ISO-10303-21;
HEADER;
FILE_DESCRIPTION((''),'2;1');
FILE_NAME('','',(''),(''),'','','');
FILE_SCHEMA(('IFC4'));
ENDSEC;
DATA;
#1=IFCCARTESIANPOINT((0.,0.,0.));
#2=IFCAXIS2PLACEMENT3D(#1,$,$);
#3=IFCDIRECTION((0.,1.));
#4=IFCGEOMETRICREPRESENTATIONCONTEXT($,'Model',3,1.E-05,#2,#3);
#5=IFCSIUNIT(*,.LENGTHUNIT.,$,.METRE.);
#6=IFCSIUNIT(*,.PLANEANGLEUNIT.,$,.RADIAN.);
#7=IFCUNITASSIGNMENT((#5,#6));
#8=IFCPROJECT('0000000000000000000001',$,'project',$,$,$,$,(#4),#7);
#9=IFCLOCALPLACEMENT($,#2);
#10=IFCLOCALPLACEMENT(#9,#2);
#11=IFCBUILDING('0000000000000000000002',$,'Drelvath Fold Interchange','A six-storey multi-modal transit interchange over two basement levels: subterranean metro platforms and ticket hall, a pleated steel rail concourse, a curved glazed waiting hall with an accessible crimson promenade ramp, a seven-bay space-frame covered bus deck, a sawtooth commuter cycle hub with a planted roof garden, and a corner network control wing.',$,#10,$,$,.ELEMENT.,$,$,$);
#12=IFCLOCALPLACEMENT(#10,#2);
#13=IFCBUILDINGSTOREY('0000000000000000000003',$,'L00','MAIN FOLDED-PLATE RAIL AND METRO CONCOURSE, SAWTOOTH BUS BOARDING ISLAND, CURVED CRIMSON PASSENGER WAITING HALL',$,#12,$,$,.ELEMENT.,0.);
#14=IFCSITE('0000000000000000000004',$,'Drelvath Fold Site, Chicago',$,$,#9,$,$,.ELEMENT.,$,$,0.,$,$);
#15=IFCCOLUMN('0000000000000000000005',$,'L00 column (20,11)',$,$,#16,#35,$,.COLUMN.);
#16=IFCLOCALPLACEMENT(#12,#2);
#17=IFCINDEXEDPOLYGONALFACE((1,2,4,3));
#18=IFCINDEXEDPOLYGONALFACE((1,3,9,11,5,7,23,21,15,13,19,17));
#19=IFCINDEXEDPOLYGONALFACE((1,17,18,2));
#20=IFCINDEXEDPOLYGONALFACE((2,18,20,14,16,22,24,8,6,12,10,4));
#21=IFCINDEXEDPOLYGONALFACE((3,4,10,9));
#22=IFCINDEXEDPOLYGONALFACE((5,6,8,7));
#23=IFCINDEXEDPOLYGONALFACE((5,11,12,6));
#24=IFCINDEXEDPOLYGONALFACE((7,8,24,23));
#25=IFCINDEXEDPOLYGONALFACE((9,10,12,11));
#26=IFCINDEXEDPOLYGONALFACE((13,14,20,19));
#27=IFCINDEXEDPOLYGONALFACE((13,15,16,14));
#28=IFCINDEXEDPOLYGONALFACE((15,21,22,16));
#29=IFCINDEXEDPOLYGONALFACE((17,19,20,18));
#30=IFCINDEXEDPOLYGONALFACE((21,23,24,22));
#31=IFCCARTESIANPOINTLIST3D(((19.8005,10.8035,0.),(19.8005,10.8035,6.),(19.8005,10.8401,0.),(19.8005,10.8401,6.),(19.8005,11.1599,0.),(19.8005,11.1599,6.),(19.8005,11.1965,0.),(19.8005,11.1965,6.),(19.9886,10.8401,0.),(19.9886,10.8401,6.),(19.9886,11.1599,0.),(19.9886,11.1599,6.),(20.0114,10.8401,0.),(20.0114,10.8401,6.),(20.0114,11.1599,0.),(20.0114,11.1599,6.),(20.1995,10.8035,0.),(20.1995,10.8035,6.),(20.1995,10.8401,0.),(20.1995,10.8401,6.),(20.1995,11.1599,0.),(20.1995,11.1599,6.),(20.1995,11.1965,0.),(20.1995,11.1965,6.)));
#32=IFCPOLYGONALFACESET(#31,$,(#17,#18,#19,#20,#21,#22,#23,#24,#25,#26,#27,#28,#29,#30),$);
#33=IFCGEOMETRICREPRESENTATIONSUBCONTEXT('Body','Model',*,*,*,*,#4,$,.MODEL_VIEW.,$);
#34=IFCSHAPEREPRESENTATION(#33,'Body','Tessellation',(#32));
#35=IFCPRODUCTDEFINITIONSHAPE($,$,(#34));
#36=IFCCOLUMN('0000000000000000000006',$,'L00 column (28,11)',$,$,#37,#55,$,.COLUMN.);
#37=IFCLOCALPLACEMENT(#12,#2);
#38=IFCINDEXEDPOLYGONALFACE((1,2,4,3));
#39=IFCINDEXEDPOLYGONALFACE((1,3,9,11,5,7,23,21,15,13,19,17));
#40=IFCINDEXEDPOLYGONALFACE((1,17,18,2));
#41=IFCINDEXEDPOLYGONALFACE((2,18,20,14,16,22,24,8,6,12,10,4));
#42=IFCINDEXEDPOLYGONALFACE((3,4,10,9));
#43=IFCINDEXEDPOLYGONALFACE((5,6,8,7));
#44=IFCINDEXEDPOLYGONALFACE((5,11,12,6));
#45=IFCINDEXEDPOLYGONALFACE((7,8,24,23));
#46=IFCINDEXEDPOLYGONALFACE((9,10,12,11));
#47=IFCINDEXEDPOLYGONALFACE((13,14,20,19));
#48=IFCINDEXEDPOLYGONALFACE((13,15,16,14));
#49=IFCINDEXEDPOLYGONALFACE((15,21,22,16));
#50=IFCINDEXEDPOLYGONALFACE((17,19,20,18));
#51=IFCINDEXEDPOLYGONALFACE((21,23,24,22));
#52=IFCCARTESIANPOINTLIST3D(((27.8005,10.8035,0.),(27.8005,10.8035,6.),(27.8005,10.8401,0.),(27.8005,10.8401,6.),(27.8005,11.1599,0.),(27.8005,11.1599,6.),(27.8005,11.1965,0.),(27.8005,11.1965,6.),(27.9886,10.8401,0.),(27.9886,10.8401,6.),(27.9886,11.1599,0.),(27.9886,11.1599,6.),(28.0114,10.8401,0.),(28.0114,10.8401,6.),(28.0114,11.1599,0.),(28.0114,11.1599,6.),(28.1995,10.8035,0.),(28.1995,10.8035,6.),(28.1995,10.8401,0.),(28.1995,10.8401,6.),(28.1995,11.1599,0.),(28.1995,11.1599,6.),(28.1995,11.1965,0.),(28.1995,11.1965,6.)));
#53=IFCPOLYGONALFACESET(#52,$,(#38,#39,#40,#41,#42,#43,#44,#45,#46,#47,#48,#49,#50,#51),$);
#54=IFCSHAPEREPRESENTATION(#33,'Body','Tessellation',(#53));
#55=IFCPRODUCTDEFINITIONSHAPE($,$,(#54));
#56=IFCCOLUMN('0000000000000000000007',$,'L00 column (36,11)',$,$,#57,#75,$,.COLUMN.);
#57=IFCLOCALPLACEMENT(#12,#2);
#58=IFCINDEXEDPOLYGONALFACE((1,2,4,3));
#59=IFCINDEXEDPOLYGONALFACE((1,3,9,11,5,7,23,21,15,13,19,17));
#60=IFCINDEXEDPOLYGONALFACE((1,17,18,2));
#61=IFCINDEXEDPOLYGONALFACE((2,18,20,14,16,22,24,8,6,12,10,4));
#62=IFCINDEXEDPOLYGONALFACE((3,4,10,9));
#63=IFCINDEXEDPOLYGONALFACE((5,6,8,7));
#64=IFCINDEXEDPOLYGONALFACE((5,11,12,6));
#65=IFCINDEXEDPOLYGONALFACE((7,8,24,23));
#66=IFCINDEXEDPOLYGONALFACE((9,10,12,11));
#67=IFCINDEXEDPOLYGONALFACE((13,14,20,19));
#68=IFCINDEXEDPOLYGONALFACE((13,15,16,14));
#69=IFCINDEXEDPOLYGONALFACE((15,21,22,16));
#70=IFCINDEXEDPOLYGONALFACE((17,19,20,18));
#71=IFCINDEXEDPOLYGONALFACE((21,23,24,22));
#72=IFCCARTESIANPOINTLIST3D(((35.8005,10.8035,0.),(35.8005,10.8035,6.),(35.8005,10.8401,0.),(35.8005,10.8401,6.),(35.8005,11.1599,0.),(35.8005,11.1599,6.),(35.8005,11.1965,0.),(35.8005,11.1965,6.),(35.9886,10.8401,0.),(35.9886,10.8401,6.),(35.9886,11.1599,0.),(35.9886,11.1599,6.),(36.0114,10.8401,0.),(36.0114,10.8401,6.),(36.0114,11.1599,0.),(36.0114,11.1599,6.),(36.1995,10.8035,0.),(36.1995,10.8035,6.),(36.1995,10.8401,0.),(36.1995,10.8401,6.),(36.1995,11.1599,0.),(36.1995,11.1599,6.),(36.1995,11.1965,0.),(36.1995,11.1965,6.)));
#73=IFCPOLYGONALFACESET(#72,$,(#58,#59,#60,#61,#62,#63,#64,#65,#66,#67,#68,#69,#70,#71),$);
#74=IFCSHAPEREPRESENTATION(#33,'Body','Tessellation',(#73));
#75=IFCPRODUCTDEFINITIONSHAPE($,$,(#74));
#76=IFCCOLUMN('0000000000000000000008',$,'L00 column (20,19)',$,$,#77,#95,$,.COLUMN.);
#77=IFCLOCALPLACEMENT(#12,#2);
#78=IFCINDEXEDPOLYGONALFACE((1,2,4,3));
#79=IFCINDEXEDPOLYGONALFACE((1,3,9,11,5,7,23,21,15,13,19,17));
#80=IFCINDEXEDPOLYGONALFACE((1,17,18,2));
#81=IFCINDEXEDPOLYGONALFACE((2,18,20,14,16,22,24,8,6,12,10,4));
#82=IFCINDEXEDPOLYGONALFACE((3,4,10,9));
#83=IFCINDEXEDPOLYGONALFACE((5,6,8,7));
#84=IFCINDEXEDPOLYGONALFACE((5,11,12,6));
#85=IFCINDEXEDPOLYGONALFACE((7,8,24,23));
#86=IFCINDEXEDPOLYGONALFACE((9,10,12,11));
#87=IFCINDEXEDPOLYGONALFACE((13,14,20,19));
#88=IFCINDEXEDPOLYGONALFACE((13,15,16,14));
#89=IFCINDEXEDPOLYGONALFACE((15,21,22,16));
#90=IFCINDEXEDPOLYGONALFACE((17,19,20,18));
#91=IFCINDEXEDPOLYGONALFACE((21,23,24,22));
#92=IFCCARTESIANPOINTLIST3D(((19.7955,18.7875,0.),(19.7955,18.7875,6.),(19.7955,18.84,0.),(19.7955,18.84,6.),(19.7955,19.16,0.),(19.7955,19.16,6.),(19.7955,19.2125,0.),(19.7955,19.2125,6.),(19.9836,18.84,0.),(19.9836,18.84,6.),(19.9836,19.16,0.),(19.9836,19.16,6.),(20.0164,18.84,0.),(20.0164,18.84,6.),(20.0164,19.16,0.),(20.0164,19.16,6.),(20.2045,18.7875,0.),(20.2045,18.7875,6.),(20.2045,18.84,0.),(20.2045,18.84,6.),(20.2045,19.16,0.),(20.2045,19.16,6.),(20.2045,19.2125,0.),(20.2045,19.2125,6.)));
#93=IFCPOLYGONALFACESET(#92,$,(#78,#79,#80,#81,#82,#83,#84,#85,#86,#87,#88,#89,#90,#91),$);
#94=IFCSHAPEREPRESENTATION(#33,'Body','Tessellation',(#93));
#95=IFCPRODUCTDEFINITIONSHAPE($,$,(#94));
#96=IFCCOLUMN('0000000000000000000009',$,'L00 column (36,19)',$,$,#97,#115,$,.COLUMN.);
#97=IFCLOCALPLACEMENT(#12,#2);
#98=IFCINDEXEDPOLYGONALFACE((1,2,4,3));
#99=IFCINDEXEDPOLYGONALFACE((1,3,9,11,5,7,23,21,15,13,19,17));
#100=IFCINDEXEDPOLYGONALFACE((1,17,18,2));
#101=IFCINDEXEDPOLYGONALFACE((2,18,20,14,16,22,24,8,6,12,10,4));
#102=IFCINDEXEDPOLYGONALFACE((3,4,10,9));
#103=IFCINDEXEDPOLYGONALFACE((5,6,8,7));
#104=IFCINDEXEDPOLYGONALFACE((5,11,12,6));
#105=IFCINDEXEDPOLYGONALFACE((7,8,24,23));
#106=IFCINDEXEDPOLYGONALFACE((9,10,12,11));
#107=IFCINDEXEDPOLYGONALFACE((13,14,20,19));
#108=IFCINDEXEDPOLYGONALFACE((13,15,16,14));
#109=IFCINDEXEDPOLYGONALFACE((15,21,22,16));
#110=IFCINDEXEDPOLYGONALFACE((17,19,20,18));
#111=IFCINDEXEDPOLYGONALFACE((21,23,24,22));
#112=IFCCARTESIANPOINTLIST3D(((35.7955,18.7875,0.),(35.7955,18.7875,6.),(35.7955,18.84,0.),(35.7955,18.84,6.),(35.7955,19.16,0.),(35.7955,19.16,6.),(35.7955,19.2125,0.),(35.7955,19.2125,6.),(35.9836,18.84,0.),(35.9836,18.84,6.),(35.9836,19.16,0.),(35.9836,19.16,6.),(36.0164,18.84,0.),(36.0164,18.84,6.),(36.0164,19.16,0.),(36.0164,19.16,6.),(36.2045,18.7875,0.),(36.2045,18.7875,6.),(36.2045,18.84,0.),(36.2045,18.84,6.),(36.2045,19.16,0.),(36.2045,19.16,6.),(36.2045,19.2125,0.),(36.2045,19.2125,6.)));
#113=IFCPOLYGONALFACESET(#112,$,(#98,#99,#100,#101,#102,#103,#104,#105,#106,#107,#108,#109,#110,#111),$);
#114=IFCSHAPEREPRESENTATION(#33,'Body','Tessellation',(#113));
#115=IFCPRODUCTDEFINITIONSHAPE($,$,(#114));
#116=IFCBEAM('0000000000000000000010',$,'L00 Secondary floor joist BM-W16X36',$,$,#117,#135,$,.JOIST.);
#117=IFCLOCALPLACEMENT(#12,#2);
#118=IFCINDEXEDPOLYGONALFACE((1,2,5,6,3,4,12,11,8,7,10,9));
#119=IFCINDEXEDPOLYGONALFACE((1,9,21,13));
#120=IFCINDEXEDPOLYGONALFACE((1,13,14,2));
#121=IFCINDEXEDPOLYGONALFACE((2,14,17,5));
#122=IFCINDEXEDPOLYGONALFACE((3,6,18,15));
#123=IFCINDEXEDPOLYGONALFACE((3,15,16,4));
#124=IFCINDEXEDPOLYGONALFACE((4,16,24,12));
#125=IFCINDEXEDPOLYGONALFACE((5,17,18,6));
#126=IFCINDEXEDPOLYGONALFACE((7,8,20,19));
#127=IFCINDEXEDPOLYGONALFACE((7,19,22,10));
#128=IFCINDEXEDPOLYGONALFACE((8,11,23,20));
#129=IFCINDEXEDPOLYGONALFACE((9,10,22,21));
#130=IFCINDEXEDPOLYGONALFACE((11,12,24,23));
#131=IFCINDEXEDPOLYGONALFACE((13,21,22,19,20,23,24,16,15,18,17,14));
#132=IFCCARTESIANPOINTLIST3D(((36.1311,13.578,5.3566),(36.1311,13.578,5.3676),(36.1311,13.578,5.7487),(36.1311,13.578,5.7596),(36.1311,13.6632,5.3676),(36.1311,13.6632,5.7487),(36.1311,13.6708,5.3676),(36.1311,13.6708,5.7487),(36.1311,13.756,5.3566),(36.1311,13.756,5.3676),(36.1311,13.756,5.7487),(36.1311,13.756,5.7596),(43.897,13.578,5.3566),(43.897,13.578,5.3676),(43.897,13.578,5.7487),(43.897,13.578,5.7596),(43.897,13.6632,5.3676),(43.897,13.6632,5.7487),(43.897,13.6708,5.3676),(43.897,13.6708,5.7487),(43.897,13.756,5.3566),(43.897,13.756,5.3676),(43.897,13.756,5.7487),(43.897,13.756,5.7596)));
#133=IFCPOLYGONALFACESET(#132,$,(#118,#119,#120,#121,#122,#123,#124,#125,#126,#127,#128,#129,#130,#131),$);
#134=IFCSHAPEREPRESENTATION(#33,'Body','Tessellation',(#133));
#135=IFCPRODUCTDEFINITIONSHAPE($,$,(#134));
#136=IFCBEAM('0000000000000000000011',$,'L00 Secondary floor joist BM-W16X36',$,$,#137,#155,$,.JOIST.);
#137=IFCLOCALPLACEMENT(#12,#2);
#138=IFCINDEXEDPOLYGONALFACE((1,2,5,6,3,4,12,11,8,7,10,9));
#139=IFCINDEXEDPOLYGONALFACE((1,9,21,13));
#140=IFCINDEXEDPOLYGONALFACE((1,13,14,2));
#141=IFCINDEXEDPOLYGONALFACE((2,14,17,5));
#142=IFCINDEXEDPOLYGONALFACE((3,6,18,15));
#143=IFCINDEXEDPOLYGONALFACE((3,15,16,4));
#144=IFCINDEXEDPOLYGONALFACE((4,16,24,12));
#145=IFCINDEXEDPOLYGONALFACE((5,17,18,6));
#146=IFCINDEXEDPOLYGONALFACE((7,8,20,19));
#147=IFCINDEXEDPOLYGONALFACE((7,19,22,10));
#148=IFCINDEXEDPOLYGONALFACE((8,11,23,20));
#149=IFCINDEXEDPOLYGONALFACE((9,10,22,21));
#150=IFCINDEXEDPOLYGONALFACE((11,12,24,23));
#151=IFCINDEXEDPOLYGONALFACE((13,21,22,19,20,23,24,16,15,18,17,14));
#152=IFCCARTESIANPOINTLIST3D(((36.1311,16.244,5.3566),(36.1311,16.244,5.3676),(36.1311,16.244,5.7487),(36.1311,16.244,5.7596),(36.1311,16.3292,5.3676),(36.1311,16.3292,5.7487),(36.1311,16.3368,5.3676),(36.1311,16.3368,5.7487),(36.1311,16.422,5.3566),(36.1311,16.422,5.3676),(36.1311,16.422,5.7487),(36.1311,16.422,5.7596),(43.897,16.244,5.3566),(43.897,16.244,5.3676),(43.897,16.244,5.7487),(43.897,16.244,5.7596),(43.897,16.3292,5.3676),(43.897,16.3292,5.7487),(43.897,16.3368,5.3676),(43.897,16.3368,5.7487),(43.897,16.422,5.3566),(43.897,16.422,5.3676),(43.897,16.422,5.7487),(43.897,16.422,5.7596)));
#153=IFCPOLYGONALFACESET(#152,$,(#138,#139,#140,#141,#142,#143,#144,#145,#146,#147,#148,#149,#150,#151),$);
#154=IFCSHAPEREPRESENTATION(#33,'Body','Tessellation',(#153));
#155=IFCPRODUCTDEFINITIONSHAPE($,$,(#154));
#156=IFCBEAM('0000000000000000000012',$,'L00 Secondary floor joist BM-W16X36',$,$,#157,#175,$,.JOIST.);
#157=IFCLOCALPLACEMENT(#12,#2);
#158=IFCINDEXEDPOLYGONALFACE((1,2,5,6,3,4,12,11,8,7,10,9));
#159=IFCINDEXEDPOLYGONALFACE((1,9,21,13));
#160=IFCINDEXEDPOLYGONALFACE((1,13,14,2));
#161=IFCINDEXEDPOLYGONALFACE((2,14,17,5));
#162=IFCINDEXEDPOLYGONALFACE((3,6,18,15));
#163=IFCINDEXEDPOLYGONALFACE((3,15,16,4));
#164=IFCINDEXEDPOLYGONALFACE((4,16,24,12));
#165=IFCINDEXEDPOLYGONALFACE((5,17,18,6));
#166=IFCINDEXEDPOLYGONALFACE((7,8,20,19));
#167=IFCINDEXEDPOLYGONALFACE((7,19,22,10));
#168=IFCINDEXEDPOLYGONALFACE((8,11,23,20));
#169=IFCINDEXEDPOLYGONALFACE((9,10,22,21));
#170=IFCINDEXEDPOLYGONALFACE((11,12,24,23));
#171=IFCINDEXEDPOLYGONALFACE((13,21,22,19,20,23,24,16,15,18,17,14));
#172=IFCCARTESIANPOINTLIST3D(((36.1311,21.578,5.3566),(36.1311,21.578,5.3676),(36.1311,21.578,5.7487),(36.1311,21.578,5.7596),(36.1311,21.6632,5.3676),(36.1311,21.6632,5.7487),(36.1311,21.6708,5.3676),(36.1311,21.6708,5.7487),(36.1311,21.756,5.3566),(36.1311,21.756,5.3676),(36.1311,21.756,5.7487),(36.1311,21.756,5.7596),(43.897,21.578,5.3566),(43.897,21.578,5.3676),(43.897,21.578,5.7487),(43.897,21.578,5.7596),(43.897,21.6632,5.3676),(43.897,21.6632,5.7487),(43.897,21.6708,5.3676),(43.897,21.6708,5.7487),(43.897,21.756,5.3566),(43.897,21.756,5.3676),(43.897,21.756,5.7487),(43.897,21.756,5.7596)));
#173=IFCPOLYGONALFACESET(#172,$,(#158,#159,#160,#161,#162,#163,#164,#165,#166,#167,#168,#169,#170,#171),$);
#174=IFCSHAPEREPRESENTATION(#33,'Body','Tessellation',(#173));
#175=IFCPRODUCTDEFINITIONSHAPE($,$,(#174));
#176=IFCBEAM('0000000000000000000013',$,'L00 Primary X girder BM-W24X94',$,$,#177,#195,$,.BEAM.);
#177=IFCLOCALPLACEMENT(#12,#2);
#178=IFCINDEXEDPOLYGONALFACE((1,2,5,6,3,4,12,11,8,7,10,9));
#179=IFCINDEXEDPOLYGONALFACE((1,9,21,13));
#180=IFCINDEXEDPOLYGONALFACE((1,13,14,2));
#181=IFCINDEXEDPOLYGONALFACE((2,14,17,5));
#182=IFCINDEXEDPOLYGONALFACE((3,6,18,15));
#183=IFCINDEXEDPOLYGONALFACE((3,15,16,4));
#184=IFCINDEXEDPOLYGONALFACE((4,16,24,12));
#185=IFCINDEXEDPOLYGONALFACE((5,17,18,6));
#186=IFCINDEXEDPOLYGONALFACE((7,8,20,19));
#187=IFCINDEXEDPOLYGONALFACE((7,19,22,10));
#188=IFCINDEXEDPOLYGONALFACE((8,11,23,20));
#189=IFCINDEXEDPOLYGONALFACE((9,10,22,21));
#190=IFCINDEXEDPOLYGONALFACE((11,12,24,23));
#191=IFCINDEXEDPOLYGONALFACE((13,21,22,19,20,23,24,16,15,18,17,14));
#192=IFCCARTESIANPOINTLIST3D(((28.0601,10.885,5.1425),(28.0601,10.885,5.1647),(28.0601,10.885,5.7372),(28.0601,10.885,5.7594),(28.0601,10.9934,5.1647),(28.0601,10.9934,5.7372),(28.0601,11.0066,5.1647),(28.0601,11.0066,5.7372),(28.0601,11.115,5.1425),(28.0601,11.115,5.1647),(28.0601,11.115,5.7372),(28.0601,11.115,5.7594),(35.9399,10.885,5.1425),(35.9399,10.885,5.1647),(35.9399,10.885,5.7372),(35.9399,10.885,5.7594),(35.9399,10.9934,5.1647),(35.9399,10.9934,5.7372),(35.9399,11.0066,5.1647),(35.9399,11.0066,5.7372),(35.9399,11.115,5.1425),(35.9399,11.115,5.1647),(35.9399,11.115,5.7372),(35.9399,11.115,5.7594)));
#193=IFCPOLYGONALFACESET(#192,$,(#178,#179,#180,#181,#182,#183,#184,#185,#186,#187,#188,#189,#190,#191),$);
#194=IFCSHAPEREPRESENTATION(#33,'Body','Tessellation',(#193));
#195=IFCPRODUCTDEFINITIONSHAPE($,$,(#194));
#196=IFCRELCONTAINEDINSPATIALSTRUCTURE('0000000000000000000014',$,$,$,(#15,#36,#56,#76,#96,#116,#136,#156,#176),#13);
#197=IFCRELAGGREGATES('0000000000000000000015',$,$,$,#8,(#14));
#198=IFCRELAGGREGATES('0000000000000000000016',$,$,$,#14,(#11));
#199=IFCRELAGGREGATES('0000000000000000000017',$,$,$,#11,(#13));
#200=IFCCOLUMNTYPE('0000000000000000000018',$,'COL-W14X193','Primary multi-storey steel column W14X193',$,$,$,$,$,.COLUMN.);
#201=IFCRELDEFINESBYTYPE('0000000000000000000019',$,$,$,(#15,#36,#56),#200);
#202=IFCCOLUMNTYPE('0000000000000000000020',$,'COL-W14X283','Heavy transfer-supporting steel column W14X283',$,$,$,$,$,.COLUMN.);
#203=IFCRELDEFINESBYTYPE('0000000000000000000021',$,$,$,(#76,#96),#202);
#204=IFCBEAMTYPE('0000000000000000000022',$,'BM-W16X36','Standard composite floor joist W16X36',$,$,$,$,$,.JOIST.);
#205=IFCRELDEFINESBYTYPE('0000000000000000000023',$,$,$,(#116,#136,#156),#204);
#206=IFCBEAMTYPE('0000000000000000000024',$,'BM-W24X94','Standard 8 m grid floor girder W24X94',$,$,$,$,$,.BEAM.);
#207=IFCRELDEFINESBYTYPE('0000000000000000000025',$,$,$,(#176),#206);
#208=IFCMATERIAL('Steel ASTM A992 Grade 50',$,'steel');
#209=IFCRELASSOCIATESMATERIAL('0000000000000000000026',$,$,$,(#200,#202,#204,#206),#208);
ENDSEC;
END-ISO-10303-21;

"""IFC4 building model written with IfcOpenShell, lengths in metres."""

from ifc_helpers import new_model, si_unit, direction, frame, origin, origin_2d, place, context, subcontext, project, spatial, i_section, extrude, material, material_profile, profile_set, type_object, element, save


model = new_model("IFC4")

# Units and contexts
model_context = context("Model", 3, precision=1e-05, world=origin(), true_north=direction((0.0, 1.0)))
body_context = subcontext(model_context, "Body", "Model", "MODEL_VIEW")
ifc_project = project(units=[si_unit("LENGTHUNIT", "METRE"), si_unit("PLANEANGLEUNIT", "RADIAN")], contexts=[model_context])

# Site, building, storey
site_placement = place(None, origin())
site = spatial("IfcSite", under=ifc_project, at=site_placement, Name="Drelvath Fold Site, Chicago", CompositionType="ELEMENT", RefElevation=0.0)
building_placement = place(site_placement, origin())
building = spatial("IfcBuilding", under=site, at=building_placement, Name="Drelvath Fold Interchange", Description="A six-storey multi-modal transit interchange over two basement levels: subterranean metro platforms and ticket hall, a pleated steel rail concourse, a curved glazed waiting hall with an accessible crimson promenade ramp, a seven-bay space-frame covered bus deck, a sawtooth commuter cycle hub with a planted roof garden, and a corner network control wing.", CompositionType="ELEMENT")
storey_placement = place(building_placement, origin())
storey = spatial("IfcBuildingStorey", under=building, at=storey_placement, Name="L00", Description="MAIN FOLDED-PLATE RAIL AND METRO CONCOURSE, SAWTOOTH BUS BOARDING ISLAND, CURVED CRIMSON PASSENGER WAITING HALL", CompositionType="ELEMENT", Elevation=0.0)

# Columns
ifc_material_1 = material(Name="Steel ASTM A992 Grade 50", Category="steel")
ifc_material_profile_1 = material_profile(ifc_material_1, i_section(OverallWidth=0.3989, OverallDepth=0.3931, WebThickness=0.0227, FlangeThickness=0.0366, at=origin_2d()), Name="W14X193")
ifc_profile_set_1 = profile_set([ifc_material_profile_1], Name="Steel ASTM A992 Grade 50")
column_type_1 = type_object("IfcColumnType", Name="COL-W14X193", Description="Primary multi-storey steel column W14X193", PredefinedType="COLUMN", material=ifc_profile_set_1)
for number, where, z_axis, x_axis, name in (
    (1, (20.0, 11.0, 0.0), (0.0, 0.0, 1.0), (1.0, 0.0, 0.0), "L00 column (20,11)"),
    (2, (28.0, 11.0, 0.0), (0.0, 0.0, 1.0), (1.0, 0.0, 0.0), "L00 column (28,11)"),
    (3, (36.0, 11.0, 0.0), (0.0, 0.0, 1.0), (1.0, 0.0, 0.0), "L00 column (36,11)"),
):
    element("IfcColumn", number, at=place(storey_placement, frame(where, z_axis=z_axis, x_axis=x_axis)), inside=storey, type_object=column_type_1, Name=name, PredefinedType="COLUMN", context=body_context, shape_type="SweptSolid", body=[
        extrude(i_section(OverallWidth=0.3989, OverallDepth=0.3931, WebThickness=0.0227, FlangeThickness=0.0366, at=origin_2d()), origin(), (0.0, 0.0, 1.0), 6.0),
    ])
ifc_material_profile_2 = material_profile(ifc_material_1, i_section(OverallWidth=0.4089, OverallDepth=0.425, WebThickness=0.0327, FlangeThickness=0.0525, at=origin_2d()), Name="W14X283")
ifc_profile_set_2 = profile_set([ifc_material_profile_2], Name="Steel ASTM A992 Grade 50")
column_type_2 = type_object("IfcColumnType", Name="COL-W14X283", Description="Heavy transfer-supporting steel column W14X283", PredefinedType="COLUMN", material=ifc_profile_set_2)
for number, where, z_axis, x_axis, name in (
    (4, (20.0, 19.0, 0.0), (0.0, 0.0, 1.0), (1.0, 0.0, 0.0), "L00 column (20,19)"),
    (5, (36.0, 19.0, 0.0), (0.0, 0.0, 1.0), (1.0, 0.0, 0.0), "L00 column (36,19)"),
):
    element("IfcColumn", number, at=place(storey_placement, frame(where, z_axis=z_axis, x_axis=x_axis)), inside=storey, type_object=column_type_2, Name=name, PredefinedType="COLUMN", context=body_context, shape_type="SweptSolid", body=[
        extrude(i_section(OverallWidth=0.4089, OverallDepth=0.425, WebThickness=0.0327, FlangeThickness=0.0525, at=origin_2d()), origin(), (0.0, 0.0, 1.0), 6.0),
    ])

# Beams
ifc_material_profile_3 = material_profile(ifc_material_1, i_section(OverallWidth=0.178, OverallDepth=0.4031, WebThickness=0.0076, FlangeThickness=0.011, at=origin_2d()), Name="W16X36")
ifc_profile_set_3 = profile_set([ifc_material_profile_3], Name="Steel ASTM A992 Grade 50")
beam_type_1 = type_object("IfcBeamType", Name="BM-W16X36", Description="Standard composite floor joist W16X36", PredefinedType="JOIST", material=ifc_profile_set_3)
for number, where, z_axis, x_axis, name in (
    (6, (36.1311, 13.667, 5.5581), (1.0, 0.0, 0.0), (0.0, 1.0, 0.0), "L00 Secondary floor joist BM-W16X36"),
    (7, (36.1311, 16.333, 5.5581), (1.0, 0.0, 0.0), (0.0, 1.0, 0.0), "L00 Secondary floor joist BM-W16X36"),
    (8, (36.1311, 21.667, 5.5581), (1.0, 0.0, 0.0), (0.0, 1.0, 0.0), "L00 Secondary floor joist BM-W16X36"),
):
    element("IfcBeam", number, at=place(storey_placement, frame(where, z_axis=z_axis, x_axis=x_axis)), inside=storey, type_object=beam_type_1, Name=name, PredefinedType="JOIST", context=body_context, shape_type="SweptSolid", body=[
        extrude(i_section(OverallWidth=0.178, OverallDepth=0.4031, WebThickness=0.0076, FlangeThickness=0.011, at=origin_2d()), origin(), (0.0, 0.0, 1.0), 7.7659),
    ])
ifc_material_profile_4 = material_profile(ifc_material_1, i_section(OverallWidth=0.23, OverallDepth=0.6169, WebThickness=0.0132, FlangeThickness=0.0222, at=origin_2d()), Name="W24X94")
ifc_profile_set_4 = profile_set([ifc_material_profile_4], Name="Steel ASTM A992 Grade 50")
beam_type_2 = type_object("IfcBeamType", Name="BM-W24X94", Description="Standard 8 m grid floor girder W24X94", PredefinedType="BEAM", material=ifc_profile_set_4)
for number, where, z_axis, x_axis, name in (
    (9, (28.0601, 11.0, 5.4509), (1.0, 0.0, 0.0), (0.0, 1.0, 0.0), "L00 Primary X girder BM-W24X94"),
):
    element("IfcBeam", number, at=place(storey_placement, frame(where, z_axis=z_axis, x_axis=x_axis)), inside=storey, type_object=beam_type_2, Name=name, PredefinedType="BEAM", context=body_context, shape_type="SweptSolid", body=[
        extrude(i_section(OverallWidth=0.23, OverallDepth=0.6169, WebThickness=0.0132, FlangeThickness=0.0222, at=origin_2d()), origin(), (0.0, 0.0, 1.0), 7.8799),
    ])

save(model, "model.ifc")
